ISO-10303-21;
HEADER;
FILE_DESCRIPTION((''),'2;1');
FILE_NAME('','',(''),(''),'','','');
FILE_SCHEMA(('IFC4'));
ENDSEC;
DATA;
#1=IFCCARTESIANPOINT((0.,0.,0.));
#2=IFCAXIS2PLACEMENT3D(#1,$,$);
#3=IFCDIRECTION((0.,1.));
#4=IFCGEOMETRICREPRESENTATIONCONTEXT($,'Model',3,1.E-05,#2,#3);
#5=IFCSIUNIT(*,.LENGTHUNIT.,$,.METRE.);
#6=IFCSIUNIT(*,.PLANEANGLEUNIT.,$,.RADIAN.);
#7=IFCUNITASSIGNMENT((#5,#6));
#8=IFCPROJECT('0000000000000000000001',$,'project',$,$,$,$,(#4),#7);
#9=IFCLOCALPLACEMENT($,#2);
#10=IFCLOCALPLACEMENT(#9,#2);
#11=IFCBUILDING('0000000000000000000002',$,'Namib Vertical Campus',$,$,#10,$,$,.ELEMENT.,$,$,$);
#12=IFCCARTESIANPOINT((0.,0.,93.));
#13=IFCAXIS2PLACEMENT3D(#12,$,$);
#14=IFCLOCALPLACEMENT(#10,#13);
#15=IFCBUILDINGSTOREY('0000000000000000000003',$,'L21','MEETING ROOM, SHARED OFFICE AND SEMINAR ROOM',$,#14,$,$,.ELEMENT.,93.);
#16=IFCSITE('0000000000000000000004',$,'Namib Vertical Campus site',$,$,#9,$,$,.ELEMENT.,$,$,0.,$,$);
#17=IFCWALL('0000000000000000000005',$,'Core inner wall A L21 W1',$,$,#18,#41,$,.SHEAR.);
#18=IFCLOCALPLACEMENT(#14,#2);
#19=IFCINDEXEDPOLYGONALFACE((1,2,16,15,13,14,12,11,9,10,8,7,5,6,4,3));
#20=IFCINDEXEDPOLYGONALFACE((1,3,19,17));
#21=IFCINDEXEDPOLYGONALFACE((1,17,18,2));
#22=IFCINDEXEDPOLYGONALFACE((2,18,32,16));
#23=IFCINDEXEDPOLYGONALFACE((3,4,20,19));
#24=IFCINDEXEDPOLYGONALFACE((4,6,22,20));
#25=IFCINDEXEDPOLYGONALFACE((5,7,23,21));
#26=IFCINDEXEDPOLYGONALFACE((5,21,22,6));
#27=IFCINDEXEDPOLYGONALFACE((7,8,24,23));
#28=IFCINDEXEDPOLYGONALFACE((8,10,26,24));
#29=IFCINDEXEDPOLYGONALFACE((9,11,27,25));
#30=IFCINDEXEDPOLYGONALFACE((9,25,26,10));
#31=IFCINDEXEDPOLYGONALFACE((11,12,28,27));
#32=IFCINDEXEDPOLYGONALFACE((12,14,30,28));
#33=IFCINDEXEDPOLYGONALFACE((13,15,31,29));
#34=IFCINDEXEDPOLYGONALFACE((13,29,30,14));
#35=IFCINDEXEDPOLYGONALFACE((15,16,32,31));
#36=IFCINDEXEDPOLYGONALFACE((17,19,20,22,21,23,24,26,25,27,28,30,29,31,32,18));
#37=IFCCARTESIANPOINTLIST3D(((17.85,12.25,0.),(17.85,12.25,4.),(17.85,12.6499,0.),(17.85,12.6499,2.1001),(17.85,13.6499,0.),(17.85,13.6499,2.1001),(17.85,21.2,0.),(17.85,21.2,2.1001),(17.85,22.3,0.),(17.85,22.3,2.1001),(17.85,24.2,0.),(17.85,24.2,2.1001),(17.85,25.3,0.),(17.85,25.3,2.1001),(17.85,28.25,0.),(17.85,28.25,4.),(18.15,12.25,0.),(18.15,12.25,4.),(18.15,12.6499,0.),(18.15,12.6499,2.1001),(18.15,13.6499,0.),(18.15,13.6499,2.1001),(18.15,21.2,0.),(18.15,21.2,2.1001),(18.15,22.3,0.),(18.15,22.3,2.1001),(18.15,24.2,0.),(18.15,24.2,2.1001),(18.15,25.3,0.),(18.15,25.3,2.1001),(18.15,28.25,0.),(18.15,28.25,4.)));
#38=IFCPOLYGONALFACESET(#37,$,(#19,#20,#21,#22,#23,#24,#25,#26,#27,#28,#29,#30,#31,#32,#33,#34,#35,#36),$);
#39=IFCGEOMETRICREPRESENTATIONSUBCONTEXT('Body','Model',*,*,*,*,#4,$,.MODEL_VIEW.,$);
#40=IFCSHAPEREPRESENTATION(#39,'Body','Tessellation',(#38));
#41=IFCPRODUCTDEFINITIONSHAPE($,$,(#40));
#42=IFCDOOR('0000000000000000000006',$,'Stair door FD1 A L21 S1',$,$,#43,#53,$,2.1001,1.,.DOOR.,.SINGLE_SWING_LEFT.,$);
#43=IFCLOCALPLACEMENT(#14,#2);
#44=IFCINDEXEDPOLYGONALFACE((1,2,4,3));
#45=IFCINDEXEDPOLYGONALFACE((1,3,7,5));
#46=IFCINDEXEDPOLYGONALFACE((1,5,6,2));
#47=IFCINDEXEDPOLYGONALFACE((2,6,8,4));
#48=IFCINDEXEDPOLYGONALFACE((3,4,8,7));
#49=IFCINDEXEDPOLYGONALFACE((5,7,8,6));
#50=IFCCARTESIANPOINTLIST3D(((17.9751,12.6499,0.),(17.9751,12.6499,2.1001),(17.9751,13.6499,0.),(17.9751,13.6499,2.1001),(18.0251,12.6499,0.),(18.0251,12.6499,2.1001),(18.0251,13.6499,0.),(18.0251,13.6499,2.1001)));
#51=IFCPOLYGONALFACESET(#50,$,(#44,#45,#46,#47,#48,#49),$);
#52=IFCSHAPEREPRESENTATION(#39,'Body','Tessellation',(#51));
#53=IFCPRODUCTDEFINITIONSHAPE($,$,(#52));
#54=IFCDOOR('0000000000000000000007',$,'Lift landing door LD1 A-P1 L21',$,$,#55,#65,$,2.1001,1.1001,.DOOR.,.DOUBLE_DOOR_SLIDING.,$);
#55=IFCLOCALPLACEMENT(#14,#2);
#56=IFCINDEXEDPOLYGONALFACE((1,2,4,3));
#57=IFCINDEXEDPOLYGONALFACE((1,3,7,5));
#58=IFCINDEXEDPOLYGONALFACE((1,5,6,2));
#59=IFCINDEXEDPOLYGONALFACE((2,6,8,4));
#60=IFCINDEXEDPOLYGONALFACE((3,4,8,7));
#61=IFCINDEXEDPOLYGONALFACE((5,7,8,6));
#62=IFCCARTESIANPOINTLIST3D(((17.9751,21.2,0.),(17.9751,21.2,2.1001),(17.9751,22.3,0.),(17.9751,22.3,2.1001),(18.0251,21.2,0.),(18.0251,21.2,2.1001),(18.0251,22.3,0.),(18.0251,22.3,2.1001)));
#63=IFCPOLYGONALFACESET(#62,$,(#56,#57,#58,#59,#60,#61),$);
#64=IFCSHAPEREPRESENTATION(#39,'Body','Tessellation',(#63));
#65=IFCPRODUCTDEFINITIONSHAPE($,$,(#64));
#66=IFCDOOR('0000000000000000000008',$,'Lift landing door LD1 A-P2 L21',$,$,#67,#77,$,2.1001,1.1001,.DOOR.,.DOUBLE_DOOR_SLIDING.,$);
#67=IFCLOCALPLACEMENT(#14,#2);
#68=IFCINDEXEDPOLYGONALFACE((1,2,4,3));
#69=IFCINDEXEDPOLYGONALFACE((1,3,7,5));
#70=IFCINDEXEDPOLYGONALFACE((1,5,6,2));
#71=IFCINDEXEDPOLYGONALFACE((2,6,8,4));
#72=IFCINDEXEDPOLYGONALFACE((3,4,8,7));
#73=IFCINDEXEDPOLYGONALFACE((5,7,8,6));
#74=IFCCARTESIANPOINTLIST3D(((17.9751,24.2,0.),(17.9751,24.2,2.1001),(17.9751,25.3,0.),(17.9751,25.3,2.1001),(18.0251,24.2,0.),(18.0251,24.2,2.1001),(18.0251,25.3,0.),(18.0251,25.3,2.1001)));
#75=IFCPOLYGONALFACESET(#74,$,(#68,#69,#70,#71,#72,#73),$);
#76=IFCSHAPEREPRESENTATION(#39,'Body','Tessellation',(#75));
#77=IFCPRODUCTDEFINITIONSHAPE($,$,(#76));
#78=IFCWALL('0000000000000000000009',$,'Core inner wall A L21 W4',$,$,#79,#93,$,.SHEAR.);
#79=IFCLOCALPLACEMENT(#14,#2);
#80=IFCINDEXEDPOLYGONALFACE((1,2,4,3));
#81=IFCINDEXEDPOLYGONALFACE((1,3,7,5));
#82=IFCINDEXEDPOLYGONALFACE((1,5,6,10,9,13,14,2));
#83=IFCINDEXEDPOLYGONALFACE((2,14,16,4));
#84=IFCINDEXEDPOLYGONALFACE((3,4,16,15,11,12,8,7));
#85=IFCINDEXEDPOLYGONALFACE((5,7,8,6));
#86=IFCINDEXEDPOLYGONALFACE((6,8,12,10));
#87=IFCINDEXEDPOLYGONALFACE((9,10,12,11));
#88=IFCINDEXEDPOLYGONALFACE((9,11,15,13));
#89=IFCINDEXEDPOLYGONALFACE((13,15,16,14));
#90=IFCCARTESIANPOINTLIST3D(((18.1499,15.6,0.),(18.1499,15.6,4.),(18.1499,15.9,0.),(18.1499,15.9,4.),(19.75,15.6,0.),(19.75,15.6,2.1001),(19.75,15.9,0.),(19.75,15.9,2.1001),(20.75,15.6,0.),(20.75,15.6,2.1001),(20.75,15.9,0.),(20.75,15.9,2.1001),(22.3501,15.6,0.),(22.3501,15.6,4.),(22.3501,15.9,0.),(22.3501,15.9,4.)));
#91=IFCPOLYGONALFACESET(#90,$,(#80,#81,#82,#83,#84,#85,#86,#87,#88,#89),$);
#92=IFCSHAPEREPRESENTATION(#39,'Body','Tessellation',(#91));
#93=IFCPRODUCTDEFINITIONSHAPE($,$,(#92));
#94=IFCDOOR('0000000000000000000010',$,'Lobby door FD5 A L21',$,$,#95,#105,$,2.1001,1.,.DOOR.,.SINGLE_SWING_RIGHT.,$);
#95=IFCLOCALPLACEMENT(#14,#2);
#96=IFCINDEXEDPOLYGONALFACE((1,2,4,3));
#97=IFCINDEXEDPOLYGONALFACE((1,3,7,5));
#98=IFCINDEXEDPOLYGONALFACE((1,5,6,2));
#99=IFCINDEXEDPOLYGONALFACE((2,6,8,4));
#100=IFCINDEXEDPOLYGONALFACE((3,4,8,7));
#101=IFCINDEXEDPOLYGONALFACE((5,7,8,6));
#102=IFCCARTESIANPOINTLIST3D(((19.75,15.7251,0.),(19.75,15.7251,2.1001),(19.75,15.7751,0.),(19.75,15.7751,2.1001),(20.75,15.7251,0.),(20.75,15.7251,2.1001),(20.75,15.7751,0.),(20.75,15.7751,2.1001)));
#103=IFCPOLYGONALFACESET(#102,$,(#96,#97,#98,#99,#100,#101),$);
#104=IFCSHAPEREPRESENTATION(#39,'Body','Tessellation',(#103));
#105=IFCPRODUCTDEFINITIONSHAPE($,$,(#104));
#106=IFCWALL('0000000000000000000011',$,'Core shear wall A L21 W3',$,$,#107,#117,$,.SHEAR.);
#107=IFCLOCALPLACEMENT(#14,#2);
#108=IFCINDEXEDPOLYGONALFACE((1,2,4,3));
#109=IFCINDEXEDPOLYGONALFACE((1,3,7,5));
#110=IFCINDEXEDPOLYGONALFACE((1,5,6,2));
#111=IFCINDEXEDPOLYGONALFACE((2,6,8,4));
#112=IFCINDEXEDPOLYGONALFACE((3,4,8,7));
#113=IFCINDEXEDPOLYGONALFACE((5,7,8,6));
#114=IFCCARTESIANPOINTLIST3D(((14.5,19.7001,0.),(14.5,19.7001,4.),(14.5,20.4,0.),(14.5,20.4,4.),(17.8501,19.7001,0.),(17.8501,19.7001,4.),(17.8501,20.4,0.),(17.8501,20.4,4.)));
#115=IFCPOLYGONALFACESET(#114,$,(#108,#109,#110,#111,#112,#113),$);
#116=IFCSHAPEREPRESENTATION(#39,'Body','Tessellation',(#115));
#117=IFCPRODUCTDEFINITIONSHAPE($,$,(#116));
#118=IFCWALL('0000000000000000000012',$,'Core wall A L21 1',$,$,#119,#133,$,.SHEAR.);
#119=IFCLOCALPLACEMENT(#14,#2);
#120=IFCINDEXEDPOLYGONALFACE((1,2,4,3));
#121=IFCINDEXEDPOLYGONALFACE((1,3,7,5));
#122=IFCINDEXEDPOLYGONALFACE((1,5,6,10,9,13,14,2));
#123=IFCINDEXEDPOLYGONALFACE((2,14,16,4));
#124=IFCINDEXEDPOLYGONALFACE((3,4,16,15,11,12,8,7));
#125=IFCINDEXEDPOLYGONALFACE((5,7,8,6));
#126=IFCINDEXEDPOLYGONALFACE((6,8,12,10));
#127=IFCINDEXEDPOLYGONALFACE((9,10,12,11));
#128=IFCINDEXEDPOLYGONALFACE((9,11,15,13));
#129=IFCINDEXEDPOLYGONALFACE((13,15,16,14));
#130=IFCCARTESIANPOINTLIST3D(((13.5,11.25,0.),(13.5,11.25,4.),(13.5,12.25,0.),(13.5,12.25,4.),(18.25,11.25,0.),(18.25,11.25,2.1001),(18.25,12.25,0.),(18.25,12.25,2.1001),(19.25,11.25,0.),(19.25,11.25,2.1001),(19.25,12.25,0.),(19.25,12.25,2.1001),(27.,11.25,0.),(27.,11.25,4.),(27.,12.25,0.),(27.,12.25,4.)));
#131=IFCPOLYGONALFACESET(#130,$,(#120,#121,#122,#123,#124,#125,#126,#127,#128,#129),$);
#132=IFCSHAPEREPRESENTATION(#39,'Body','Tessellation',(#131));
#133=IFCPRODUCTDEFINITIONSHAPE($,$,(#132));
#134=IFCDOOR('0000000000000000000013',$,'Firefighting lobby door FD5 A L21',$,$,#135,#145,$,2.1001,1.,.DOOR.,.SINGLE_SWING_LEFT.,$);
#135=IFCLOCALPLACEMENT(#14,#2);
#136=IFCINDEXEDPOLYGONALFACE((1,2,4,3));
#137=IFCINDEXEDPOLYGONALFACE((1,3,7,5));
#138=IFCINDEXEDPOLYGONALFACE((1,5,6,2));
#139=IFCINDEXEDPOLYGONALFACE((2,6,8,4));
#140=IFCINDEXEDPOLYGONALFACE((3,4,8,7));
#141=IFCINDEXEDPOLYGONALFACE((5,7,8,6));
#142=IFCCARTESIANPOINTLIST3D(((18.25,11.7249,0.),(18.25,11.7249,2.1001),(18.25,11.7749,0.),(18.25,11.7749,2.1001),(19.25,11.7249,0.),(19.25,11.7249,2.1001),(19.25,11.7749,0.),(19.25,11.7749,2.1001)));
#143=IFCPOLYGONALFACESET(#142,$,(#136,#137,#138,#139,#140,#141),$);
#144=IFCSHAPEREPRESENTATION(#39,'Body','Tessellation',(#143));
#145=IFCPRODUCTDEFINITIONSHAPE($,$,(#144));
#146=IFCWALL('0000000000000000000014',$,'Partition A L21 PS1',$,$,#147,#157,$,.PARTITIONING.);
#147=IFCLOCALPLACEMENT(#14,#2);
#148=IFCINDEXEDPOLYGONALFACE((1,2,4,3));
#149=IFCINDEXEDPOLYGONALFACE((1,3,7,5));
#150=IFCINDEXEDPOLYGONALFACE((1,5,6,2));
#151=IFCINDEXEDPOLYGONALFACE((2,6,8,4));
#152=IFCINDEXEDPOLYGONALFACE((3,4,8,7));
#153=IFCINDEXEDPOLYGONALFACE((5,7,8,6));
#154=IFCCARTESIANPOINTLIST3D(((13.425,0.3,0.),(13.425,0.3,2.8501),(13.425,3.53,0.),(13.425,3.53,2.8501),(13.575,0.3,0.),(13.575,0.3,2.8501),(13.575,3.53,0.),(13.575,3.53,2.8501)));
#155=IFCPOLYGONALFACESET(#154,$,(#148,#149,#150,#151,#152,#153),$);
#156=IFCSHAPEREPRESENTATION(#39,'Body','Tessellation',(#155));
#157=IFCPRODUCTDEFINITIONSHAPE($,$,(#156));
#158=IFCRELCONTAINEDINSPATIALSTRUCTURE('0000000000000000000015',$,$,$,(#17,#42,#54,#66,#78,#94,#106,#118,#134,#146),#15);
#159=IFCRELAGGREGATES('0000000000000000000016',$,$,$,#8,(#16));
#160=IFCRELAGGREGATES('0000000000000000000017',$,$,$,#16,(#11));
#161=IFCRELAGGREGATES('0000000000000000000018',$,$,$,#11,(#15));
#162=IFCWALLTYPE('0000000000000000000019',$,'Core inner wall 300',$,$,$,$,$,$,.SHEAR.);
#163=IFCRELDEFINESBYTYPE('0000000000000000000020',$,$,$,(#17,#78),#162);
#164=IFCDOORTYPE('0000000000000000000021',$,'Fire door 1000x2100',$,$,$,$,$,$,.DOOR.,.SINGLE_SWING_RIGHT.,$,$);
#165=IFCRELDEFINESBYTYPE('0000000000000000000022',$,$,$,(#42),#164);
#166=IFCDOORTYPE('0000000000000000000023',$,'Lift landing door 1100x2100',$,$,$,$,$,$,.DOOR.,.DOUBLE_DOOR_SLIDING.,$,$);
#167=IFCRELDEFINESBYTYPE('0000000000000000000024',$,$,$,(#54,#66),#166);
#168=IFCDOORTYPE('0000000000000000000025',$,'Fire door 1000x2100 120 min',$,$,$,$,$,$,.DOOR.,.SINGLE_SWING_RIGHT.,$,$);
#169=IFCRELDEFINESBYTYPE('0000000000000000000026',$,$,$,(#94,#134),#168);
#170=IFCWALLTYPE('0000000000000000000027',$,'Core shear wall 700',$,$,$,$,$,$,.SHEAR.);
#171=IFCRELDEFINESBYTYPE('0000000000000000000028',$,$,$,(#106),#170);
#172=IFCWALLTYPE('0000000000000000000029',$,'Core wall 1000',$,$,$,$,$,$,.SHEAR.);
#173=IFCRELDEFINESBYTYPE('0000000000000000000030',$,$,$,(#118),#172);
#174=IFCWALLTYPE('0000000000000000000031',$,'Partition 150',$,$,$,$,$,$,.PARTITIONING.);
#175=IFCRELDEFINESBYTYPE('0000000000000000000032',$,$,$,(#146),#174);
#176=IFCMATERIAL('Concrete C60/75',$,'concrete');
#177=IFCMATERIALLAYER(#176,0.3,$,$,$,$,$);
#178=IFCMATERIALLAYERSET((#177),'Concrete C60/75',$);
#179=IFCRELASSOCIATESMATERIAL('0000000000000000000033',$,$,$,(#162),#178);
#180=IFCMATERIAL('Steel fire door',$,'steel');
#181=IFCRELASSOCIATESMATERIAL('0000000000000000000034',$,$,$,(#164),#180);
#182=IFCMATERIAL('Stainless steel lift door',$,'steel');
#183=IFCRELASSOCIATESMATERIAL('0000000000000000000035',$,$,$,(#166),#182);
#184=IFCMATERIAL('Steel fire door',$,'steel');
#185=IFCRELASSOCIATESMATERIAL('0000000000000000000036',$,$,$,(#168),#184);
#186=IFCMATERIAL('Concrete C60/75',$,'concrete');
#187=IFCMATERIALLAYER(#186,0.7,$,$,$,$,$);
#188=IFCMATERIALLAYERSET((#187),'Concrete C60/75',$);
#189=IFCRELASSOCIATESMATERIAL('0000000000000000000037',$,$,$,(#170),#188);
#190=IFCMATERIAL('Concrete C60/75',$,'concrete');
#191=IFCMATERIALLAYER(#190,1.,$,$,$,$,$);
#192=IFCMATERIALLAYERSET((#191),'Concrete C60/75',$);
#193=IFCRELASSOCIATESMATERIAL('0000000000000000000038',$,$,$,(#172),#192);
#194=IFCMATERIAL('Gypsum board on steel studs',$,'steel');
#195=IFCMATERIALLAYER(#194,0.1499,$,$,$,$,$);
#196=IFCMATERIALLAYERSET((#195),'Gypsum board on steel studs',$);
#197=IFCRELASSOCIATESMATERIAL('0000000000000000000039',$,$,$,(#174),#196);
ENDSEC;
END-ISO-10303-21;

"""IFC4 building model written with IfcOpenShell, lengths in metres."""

from ifc_helpers import new_model, si_unit, direction, frame, frame_2d, origin, place, context, subcontext, project, spatial, rectangle, extrude, material, layer, layer_set, type_object, element, fill, save


model = new_model("IFC4")

# Units and contexts
model_context = context("Model", 3, precision=1e-05, world=origin(), true_north=direction((0.0, 1.0)))
body_context = subcontext(model_context, "Body", "Model", "MODEL_VIEW")
ifc_project = project(units=[si_unit("LENGTHUNIT", "METRE"), si_unit("PLANEANGLEUNIT", "RADIAN")], contexts=[model_context])

# Site, building, storey
site_placement = place(None, origin())
site = spatial("IfcSite", under=ifc_project, at=site_placement, Name="Namib Vertical Campus site", CompositionType="ELEMENT", RefElevation=0.0)
building_placement = place(site_placement, origin())
building = spatial("IfcBuilding", under=site, at=building_placement, Name="Namib Vertical Campus", CompositionType="ELEMENT")
storey_placement = place(building_placement, frame((0.0, 0.0, 93.0)))
storey = spatial("IfcBuildingStorey", under=building, at=storey_placement, Name="L21", Description="MEETING ROOM, SHARED OFFICE AND SEMINAR ROOM", CompositionType="ELEMENT", Elevation=93.0)

# Wall, openings, doors
ifc_material_1 = material(Name="Concrete C60/75", Category="concrete")
ifc_layer_1 = layer(ifc_material_1, 0.3)
ifc_layer_set_1 = layer_set([ifc_layer_1], Name="Concrete C60/75")
wall_type_1 = type_object("IfcWallType", Name="Core inner wall 300", PredefinedType="SHEAR", material=ifc_layer_set_1)
wall_1_placement = place(storey_placement, frame((18.0, 12.25, 0.0), z_axis=(0.0, 0.0, 1.0), x_axis=(0.0, 1.0, 0.0)))
wall_1 = element("IfcWall", 1, at=wall_1_placement, inside=storey, type_object=wall_type_1, Name="Core inner wall A L21 W1", PredefinedType="SHEAR", context=body_context, shape_type="SweptSolid", body=[
    extrude(rectangle(XDim=16.0, YDim=0.3, at=frame_2d((8.0, 0.0))), origin(), (0.0, 0.0, 1.0), 4.0),
])
opening_1_placement = place(wall_1_placement, frame((0.3999, 0.0, 0.0)))
opening_1 = element("IfcOpeningElement", 2, at=opening_1_placement, cuts=wall_1, PredefinedType="OPENING", context=body_context, shape_type="SweptSolid", body=[
    extrude(rectangle(XDim=1.0, YDim=2.1001, at=frame_2d((0.5, 1.05))), frame((0.0, 0.1599, 0.0), z_axis=(0.0, -1.0, 0.0), x_axis=(1.0, 0.0, 0.0)), (0.0, 0.0, 1.0), 0.3201),
])
opening_2_placement = place(wall_1_placement, frame((8.95, 0.0, 0.0)))
opening_2 = element("IfcOpeningElement", 3, at=opening_2_placement, cuts=wall_1, PredefinedType="OPENING", context=body_context, shape_type="SweptSolid", body=[
    extrude(rectangle(XDim=1.1001, YDim=2.1001, at=frame_2d((0.55, 1.05))), frame((0.0, 0.1599, 0.0), z_axis=(0.0, -1.0, 0.0), x_axis=(1.0, 0.0, 0.0)), (0.0, 0.0, 1.0), 0.3201),
])
opening_3_placement = place(wall_1_placement, frame((11.95, 0.0, 0.0)))
opening_3 = element("IfcOpeningElement", 4, at=opening_3_placement, cuts=wall_1, PredefinedType="OPENING", context=body_context, shape_type="SweptSolid", body=[
    extrude(rectangle(XDim=1.1001, YDim=2.1001, at=frame_2d((0.55, 1.05))), frame((0.0, 0.1599, 0.0), z_axis=(0.0, -1.0, 0.0), x_axis=(1.0, 0.0, 0.0)), (0.0, 0.0, 1.0), 0.3201),
])
ifc_material_2 = material(Name="Steel fire door", Category="steel")
door_type_1 = type_object("IfcDoorType", Name="Fire door 1000x2100", OperationType="SINGLE_SWING_RIGHT", PredefinedType="DOOR", material=ifc_material_2)
door_1_placement = place(opening_1_placement, origin())
door_1 = element("IfcDoor", 5, at=door_1_placement, inside=storey, type_object=door_type_1, Name="Stair door FD1 A L21 S1", OperationType="SINGLE_SWING_LEFT", OverallHeight=2.1001, OverallWidth=1.0, PredefinedType="DOOR", context=body_context, shape_type="SweptSolid", body=[
    extrude(rectangle(XDim=1.0, YDim=2.1001, at=frame_2d((0.5, 1.05))), frame((0.0, 0.0249, 0.0), z_axis=(0.0, -1.0, 0.0), x_axis=(1.0, 0.0, 0.0)), (0.0, 0.0, 1.0), 0.05),
])
fill(opening_1, door_1)
ifc_material_3 = material(Name="Stainless steel lift door", Category="steel")
door_type_2 = type_object("IfcDoorType", Name="Lift landing door 1100x2100", OperationType="DOUBLE_DOOR_SLIDING", PredefinedType="DOOR", material=ifc_material_3)
door_2_placement = place(opening_2_placement, origin())
door_2 = element("IfcDoor", 6, at=door_2_placement, inside=storey, type_object=door_type_2, Name="Lift landing door LD1 A-P1 L21", OperationType="DOUBLE_DOOR_SLIDING", OverallHeight=2.1001, OverallWidth=1.1001, PredefinedType="DOOR", context=body_context, shape_type="SweptSolid", body=[
    extrude(rectangle(XDim=1.1001, YDim=2.1001, at=frame_2d((0.55, 1.05))), frame((0.0, 0.0249, 0.0), z_axis=(0.0, -1.0, 0.0), x_axis=(1.0, 0.0, 0.0)), (0.0, 0.0, 1.0), 0.05),
])
fill(opening_2, door_2)
door_3_placement = place(opening_3_placement, origin())
door_3 = element("IfcDoor", 7, at=door_3_placement, inside=storey, type_object=door_type_2, Name="Lift landing door LD1 A-P2 L21", OperationType="DOUBLE_DOOR_SLIDING", OverallHeight=2.1001, OverallWidth=1.1001, PredefinedType="DOOR", context=body_context, shape_type="SweptSolid", body=[
    extrude(rectangle(XDim=1.1001, YDim=2.1001, at=frame_2d((0.55, 1.05))), frame((0.0, 0.0249, 0.0), z_axis=(0.0, -1.0, 0.0), x_axis=(1.0, 0.0, 0.0)), (0.0, 0.0, 1.0), 0.05),
])
fill(opening_3, door_3)

# Wall, opening, door
wall_2_placement = place(storey_placement, frame((18.1499, 15.75, 0.0), z_axis=(0.0, 0.0, 1.0), x_axis=(1.0, 0.0, 0.0)))
wall_2 = element("IfcWall", 8, at=wall_2_placement, inside=storey, type_object=wall_type_1, Name="Core inner wall A L21 W4", PredefinedType="SHEAR", context=body_context, shape_type="SweptSolid", body=[
    extrude(rectangle(XDim=4.2002, YDim=0.3, at=frame_2d((2.1001, 0.0))), origin(), (0.0, 0.0, 1.0), 4.0),
])
opening_4_placement = place(wall_2_placement, frame((1.6001, 0.0, 0.0)))
opening_4 = element("IfcOpeningElement", 9, at=opening_4_placement, cuts=wall_2, PredefinedType="OPENING", context=body_context, shape_type="SweptSolid", body=[
    extrude(rectangle(XDim=1.0, YDim=2.1001, at=frame_2d((0.5, 1.05))), frame((0.0, 0.1599, 0.0), z_axis=(0.0, -1.0, 0.0), x_axis=(1.0, 0.0, 0.0)), (0.0, 0.0, 1.0), 0.3201),
])
ifc_material_4 = material(Name="Steel fire door", Category="steel")
door_type_3 = type_object("IfcDoorType", Name="Fire door 1000x2100 120 min", OperationType="SINGLE_SWING_RIGHT", PredefinedType="DOOR", material=ifc_material_4)
door_4_placement = place(opening_4_placement, frame((1.0, 0.0, 0.0), z_axis=(0.0, 0.0, 1.0), x_axis=(-1.0, 0.0, 0.0)))
door_4 = element("IfcDoor", 10, at=door_4_placement, inside=storey, type_object=door_type_3, Name="Lobby door FD5 A L21", OperationType="SINGLE_SWING_RIGHT", OverallHeight=2.1001, OverallWidth=1.0, PredefinedType="DOOR", context=body_context, shape_type="SweptSolid", body=[
    extrude(rectangle(XDim=1.0, YDim=2.1001, at=frame_2d((0.5, 1.05))), frame((0.0, 0.0249, 0.0), z_axis=(0.0, -1.0, 0.0), x_axis=(1.0, 0.0, 0.0)), (0.0, 0.0, 1.0), 0.05),
])
fill(opening_4, door_4)

# Wall
ifc_material_5 = material(Name="Concrete C60/75", Category="concrete")
ifc_layer_2 = layer(ifc_material_5, 0.7)
ifc_layer_set_2 = layer_set([ifc_layer_2], Name="Concrete C60/75")
wall_type_2 = type_object("IfcWallType", Name="Core shear wall 700", PredefinedType="SHEAR", material=ifc_layer_set_2)
wall_3_placement = place(storey_placement, frame((14.5, 20.05, 0.0), z_axis=(0.0, 0.0, 1.0), x_axis=(1.0, 0.0, 0.0)))
element("IfcWall", 11, at=wall_3_placement, inside=storey, type_object=wall_type_2, Name="Core shear wall A L21 W3", PredefinedType="SHEAR", context=body_context, shape_type="SweptSolid", body=[
    extrude(rectangle(XDim=3.3501, YDim=0.7, at=frame_2d((1.675, 0.0))), origin(), (0.0, 0.0, 1.0), 4.0),
])

# Wall, opening, door
ifc_material_6 = material(Name="Concrete C60/75", Category="concrete")
ifc_layer_3 = layer(ifc_material_6, 1.0)
ifc_layer_set_3 = layer_set([ifc_layer_3], Name="Concrete C60/75")
wall_type_3 = type_object("IfcWallType", Name="Core wall 1000", PredefinedType="SHEAR", material=ifc_layer_set_3)
wall_4_placement = place(storey_placement, frame((13.5, 11.75, 0.0), z_axis=(0.0, 0.0, 1.0), x_axis=(1.0, 0.0, 0.0)))
wall_4 = element("IfcWall", 12, at=wall_4_placement, inside=storey, type_object=wall_type_3, Name="Core wall A L21 1", PredefinedType="SHEAR", context=body_context, shape_type="SweptSolid", body=[
    extrude(rectangle(XDim=13.5, YDim=1.0, at=frame_2d((6.75, 0.0))), origin(), (0.0, 0.0, 1.0), 4.0),
])
opening_5_placement = place(wall_4_placement, frame((4.75, 0.0, 0.0)))
opening_5 = element("IfcOpeningElement", 13, at=opening_5_placement, cuts=wall_4, PredefinedType="OPENING", context=body_context, shape_type="SweptSolid", body=[
    extrude(rectangle(XDim=1.0, YDim=2.1001, at=frame_2d((0.5, 1.05))), frame((0.0, 0.51, 0.0), z_axis=(0.0, -1.0, 0.0), x_axis=(1.0, 0.0, 0.0)), (0.0, 0.0, 1.0), 1.02),
])
door_5_placement = place(opening_5_placement, origin())
door_5 = element("IfcDoor", 14, at=door_5_placement, inside=storey, type_object=door_type_3, Name="Firefighting lobby door FD5 A L21", OperationType="SINGLE_SWING_LEFT", OverallHeight=2.1001, OverallWidth=1.0, PredefinedType="DOOR", context=body_context, shape_type="SweptSolid", body=[
    extrude(rectangle(XDim=1.0, YDim=2.1001, at=frame_2d((0.5, 1.05))), frame((0.0, 0.0249, 0.0), z_axis=(0.0, -1.0, 0.0), x_axis=(1.0, 0.0, 0.0)), (0.0, 0.0, 1.0), 0.05),
])
fill(opening_5, door_5)

# Wall
ifc_material_7 = material(Name="Gypsum board on steel studs", Category="steel")
ifc_layer_4 = layer(ifc_material_7, 0.1499)
ifc_layer_set_4 = layer_set([ifc_layer_4], Name="Gypsum board on steel studs")
wall_type_4 = type_object("IfcWallType", Name="Partition 150", PredefinedType="PARTITIONING", material=ifc_layer_set_4)
wall_5_placement = place(storey_placement, frame((13.5, 0.3, 0.0), z_axis=(0.0, 0.0, 1.0), x_axis=(0.0, 1.0, 0.0)))
element("IfcWall", 15, at=wall_5_placement, inside=storey, type_object=wall_type_4, Name="Partition A L21 PS1", PredefinedType="PARTITIONING", context=body_context, shape_type="SweptSolid", body=[
    extrude(rectangle(XDim=3.23, YDim=0.1499, at=frame_2d((1.615, 0.0))), origin(), (0.0, 0.0, 1.0), 2.8501),
])

save(model, "model.ifc")
